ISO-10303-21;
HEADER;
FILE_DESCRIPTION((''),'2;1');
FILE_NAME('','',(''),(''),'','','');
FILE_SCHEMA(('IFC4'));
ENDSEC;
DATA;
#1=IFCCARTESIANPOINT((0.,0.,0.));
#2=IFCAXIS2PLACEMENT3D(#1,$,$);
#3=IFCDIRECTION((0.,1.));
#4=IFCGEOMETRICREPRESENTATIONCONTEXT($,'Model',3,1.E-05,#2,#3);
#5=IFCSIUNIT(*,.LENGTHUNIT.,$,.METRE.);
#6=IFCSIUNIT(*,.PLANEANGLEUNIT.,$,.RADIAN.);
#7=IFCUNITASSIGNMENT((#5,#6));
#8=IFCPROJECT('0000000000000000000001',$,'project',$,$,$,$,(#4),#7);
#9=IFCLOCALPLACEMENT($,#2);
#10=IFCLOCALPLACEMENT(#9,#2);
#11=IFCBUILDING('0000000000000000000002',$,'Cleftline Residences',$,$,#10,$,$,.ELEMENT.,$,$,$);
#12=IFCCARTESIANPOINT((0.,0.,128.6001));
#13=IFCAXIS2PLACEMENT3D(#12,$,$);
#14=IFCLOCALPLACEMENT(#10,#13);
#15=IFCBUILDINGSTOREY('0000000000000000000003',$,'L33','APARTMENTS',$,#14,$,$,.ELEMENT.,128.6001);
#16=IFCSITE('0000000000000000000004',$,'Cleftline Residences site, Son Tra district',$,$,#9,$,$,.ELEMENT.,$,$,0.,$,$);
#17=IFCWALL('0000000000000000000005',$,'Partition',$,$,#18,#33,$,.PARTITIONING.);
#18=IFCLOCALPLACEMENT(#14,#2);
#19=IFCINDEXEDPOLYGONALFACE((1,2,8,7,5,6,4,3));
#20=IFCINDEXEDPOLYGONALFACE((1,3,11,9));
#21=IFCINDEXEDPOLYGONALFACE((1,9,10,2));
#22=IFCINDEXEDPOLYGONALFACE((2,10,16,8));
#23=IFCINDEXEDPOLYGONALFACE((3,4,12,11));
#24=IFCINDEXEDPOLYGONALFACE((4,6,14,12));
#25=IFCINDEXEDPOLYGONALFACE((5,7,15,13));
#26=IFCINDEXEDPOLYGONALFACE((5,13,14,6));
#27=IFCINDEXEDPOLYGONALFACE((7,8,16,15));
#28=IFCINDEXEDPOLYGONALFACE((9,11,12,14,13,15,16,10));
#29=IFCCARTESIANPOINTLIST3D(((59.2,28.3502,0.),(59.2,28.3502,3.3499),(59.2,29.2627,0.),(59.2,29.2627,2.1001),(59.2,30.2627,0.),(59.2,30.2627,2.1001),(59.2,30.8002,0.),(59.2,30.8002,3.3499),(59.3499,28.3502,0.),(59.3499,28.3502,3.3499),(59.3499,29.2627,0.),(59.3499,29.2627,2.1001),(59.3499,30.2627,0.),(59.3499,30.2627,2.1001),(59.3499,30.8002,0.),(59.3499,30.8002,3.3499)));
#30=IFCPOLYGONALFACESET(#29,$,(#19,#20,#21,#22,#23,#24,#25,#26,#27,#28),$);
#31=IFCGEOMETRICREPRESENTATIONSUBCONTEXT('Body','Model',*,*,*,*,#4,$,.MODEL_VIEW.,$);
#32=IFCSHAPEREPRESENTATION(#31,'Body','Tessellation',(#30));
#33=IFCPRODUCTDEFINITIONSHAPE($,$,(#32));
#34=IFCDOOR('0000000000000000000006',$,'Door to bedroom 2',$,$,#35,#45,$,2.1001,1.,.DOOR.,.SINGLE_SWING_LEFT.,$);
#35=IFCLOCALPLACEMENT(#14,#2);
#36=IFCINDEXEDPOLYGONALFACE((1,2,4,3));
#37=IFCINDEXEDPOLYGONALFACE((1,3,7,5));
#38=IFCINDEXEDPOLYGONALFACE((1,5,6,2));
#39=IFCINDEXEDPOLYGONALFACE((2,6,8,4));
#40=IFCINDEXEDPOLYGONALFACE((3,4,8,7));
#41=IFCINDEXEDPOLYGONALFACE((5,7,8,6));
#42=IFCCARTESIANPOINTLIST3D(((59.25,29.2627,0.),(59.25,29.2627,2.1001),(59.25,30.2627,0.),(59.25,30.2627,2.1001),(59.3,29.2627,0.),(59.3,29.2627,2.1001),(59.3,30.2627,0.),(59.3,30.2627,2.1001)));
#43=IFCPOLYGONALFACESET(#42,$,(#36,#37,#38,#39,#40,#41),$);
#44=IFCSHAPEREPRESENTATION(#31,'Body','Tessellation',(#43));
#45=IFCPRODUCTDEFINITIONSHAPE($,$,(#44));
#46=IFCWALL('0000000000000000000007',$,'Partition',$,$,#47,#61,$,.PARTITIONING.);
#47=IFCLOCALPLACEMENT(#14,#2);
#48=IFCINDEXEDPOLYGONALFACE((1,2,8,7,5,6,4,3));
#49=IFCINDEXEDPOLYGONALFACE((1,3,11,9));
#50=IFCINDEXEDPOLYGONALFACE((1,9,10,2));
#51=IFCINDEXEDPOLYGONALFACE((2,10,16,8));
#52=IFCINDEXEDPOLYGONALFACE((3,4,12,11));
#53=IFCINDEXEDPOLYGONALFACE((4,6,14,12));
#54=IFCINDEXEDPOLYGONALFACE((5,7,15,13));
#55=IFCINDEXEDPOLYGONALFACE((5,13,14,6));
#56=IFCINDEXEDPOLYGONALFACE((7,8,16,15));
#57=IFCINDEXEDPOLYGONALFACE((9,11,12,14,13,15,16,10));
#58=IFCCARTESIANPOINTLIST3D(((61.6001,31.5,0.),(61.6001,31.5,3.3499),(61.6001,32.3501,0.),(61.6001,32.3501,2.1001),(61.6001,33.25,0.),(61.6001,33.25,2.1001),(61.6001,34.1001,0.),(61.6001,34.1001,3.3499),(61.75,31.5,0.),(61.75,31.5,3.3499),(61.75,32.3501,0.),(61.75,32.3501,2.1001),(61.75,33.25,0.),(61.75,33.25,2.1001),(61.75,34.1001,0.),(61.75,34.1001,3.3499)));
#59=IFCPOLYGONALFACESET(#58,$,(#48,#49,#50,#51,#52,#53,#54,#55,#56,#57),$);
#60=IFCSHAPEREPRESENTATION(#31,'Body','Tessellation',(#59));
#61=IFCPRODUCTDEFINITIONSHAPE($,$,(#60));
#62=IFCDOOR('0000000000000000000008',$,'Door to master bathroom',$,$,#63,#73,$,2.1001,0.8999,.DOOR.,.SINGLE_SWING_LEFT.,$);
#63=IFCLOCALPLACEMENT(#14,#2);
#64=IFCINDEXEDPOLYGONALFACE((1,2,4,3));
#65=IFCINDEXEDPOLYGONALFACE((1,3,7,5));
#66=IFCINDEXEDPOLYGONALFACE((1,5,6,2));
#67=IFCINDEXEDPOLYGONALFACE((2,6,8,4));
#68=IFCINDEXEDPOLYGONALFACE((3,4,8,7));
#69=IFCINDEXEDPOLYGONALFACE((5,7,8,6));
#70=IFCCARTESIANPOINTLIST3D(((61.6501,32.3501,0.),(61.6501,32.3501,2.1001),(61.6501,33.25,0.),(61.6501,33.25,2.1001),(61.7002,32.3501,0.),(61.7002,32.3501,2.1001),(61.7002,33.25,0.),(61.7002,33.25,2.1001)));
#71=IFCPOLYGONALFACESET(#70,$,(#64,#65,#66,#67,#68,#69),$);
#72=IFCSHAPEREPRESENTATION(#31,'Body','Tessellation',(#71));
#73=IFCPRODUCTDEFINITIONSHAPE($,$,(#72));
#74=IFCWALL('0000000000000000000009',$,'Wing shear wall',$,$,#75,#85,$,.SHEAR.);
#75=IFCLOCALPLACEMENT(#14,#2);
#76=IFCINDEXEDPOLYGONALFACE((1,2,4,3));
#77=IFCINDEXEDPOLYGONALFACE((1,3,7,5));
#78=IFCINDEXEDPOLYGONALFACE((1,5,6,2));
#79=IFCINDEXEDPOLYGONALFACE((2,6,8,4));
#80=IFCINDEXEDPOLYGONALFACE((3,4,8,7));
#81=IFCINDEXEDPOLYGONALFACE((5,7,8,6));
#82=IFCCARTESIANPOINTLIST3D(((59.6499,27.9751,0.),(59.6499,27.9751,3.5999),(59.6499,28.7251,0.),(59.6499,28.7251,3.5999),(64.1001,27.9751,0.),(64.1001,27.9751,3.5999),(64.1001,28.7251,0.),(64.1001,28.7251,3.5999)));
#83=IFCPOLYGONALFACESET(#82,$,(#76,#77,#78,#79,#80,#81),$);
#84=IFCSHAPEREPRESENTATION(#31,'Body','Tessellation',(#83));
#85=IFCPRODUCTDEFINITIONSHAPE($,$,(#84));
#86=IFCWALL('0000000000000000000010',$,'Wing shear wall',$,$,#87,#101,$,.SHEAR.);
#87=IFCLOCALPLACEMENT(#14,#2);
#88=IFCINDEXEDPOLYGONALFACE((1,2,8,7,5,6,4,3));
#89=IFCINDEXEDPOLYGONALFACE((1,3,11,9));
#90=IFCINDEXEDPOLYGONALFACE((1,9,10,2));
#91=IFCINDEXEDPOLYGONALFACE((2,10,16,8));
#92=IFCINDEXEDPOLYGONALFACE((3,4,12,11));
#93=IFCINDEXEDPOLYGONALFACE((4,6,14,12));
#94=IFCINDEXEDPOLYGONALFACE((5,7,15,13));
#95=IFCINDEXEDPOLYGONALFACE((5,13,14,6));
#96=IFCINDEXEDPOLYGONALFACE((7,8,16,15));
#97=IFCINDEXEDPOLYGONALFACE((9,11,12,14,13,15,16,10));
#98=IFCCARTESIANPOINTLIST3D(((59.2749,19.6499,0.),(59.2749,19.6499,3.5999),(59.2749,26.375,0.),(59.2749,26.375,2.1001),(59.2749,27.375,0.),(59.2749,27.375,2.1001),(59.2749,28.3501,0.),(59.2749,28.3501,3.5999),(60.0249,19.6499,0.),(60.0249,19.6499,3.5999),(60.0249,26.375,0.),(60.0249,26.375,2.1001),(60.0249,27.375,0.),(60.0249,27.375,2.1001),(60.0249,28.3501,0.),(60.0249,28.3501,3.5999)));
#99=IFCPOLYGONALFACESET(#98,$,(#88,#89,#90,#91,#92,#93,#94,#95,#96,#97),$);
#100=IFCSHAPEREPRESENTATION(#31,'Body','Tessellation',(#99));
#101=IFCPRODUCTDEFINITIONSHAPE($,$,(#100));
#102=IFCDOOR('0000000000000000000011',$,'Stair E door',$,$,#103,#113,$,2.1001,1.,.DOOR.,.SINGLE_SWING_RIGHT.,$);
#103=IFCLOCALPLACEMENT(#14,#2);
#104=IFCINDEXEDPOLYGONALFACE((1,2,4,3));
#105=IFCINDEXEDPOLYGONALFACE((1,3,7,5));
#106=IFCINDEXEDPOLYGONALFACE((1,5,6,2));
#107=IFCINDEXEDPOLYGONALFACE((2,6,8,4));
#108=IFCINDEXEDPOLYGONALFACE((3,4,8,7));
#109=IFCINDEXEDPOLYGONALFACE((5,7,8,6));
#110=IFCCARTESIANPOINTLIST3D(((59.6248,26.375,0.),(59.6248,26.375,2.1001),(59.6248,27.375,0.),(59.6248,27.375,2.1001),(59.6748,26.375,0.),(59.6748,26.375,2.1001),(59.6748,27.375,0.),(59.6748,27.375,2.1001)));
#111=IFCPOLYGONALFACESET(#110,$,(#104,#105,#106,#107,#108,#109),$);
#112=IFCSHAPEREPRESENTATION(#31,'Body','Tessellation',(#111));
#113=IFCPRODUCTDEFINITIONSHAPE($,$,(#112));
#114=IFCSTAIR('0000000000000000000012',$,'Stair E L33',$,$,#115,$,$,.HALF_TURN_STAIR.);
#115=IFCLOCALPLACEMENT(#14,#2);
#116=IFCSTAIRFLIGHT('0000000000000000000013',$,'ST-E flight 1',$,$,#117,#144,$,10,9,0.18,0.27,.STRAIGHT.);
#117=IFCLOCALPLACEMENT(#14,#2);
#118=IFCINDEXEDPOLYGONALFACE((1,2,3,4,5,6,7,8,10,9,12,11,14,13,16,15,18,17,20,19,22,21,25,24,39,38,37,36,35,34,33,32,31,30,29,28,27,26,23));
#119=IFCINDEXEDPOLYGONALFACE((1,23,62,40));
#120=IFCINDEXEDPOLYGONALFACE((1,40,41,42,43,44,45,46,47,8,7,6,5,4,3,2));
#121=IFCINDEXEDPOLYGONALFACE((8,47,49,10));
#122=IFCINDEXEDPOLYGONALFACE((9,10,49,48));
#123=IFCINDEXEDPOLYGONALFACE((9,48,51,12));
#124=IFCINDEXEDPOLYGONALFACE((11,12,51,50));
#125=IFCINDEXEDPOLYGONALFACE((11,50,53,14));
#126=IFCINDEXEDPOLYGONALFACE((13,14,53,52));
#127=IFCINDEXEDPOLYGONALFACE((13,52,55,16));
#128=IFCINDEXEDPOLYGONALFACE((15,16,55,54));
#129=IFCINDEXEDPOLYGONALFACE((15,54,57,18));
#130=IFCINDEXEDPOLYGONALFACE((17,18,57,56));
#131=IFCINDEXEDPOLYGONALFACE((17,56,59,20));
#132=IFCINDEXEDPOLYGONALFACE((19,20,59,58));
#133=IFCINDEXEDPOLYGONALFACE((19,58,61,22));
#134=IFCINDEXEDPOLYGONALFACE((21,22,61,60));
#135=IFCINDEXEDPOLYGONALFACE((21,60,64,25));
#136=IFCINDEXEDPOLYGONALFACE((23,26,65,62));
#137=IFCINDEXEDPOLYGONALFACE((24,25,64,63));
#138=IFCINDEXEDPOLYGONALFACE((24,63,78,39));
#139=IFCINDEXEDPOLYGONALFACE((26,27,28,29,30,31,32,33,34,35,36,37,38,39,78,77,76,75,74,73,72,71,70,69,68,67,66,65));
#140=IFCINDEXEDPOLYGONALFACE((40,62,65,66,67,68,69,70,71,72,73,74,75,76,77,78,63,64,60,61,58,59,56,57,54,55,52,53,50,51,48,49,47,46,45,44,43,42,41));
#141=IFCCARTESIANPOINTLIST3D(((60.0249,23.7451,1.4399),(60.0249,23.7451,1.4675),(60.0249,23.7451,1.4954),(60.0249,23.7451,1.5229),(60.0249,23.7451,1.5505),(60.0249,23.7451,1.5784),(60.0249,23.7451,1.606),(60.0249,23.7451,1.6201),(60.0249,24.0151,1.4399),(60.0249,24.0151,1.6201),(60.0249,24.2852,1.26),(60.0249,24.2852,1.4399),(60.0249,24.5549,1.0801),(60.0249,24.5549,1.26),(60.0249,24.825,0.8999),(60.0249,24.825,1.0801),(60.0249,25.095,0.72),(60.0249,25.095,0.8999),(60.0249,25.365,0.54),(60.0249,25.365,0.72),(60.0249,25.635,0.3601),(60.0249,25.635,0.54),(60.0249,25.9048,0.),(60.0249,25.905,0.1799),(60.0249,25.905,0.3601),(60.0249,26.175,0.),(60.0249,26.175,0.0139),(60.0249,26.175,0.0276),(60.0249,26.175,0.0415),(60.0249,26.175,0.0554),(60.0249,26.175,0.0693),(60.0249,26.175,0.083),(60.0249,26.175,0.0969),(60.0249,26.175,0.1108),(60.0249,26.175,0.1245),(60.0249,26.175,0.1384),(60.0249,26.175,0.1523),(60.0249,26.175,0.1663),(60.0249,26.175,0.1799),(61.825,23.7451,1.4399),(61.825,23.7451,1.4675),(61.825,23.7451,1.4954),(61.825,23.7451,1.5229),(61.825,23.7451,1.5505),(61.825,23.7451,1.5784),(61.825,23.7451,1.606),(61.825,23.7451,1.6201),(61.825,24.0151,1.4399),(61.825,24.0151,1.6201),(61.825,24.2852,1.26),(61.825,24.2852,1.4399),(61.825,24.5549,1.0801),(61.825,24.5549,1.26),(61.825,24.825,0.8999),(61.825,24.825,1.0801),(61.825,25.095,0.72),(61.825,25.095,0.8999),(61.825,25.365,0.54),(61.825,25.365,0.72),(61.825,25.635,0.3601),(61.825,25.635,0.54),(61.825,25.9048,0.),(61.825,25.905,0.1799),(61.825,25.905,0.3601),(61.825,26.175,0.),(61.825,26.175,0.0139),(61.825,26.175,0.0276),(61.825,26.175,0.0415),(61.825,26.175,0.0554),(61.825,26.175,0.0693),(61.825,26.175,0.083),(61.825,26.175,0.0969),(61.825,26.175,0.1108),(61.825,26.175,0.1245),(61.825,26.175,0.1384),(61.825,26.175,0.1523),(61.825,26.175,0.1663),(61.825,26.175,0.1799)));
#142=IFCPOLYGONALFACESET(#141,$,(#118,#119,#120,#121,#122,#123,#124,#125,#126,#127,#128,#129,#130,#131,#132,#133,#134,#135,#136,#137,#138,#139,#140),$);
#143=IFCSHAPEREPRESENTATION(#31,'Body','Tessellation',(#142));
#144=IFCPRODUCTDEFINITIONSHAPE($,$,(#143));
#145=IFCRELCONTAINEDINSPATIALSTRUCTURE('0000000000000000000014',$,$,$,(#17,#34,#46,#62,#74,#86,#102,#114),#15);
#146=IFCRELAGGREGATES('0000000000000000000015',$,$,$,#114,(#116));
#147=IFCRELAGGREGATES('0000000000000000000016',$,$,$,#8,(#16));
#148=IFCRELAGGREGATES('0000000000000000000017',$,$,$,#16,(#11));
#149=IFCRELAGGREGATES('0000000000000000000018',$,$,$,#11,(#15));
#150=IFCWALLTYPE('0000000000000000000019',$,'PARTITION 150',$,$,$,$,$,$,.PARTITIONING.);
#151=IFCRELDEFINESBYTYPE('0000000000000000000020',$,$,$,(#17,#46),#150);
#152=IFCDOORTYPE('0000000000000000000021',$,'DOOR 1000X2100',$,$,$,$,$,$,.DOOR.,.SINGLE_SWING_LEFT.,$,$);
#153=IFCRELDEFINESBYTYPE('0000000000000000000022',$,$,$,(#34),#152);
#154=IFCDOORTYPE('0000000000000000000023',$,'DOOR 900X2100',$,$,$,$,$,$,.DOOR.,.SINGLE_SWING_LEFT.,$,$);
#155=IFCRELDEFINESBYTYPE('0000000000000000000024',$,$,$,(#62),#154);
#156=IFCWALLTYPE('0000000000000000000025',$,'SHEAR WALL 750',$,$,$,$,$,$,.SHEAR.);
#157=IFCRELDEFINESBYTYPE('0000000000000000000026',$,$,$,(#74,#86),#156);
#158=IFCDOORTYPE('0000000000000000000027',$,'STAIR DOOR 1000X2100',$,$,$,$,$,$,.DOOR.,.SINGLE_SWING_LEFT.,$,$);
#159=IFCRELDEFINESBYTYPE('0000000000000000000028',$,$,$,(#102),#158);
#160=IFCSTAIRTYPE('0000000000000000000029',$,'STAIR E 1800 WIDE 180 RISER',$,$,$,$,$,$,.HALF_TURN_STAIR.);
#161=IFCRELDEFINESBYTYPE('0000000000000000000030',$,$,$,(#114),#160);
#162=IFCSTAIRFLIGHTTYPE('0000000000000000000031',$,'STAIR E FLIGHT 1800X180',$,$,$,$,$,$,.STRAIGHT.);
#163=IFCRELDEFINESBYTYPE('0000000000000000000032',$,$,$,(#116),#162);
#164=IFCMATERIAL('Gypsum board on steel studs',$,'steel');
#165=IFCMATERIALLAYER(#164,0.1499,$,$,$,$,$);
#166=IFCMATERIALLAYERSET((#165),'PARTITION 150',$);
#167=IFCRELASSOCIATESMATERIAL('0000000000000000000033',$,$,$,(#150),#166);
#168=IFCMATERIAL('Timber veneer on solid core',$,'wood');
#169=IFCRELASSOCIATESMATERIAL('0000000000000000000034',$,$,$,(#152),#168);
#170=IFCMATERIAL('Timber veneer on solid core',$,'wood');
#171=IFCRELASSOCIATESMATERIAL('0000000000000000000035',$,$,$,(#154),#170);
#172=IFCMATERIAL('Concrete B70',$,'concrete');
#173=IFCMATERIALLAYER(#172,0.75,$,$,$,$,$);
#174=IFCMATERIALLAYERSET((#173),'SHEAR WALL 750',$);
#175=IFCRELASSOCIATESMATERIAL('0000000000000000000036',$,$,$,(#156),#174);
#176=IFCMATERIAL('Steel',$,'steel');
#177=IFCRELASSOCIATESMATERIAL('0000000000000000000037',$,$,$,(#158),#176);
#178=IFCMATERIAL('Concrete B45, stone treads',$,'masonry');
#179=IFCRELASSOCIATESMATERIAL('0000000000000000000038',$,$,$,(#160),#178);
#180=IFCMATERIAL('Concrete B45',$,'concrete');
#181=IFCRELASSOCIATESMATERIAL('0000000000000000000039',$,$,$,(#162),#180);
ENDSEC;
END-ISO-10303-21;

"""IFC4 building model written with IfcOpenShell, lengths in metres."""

from ifc_helpers import new_model, si_unit, direction, frame, frame_2d, origin, place, context, subcontext, project, spatial, polyline, rectangle, outline, extrude, material, layer, layer_set, type_object, element, fill, aggregate, save


model = new_model("IFC4")

# Units and contexts
model_context = context("Model", 3, precision=1e-05, world=origin(), true_north=direction((0.0, 1.0)))
body_context = subcontext(model_context, "Body", "Model", "MODEL_VIEW")
ifc_project = project(units=[si_unit("LENGTHUNIT", "METRE"), si_unit("PLANEANGLEUNIT", "RADIAN")], contexts=[model_context])

# Site, building, storey
site_placement = place(None, origin())
site = spatial("IfcSite", under=ifc_project, at=site_placement, Name="Cleftline Residences site, Son Tra district", CompositionType="ELEMENT", RefElevation=0.0)
building_placement = place(site_placement, origin())
building = spatial("IfcBuilding", under=site, at=building_placement, Name="Cleftline Residences", CompositionType="ELEMENT")
storey_placement = place(building_placement, frame((0.0, 0.0, 128.6001)))
storey = spatial("IfcBuildingStorey", under=building, at=storey_placement, Name="L33", Description="APARTMENTS", CompositionType="ELEMENT", Elevation=128.6001)

# Shared definitions
ifc_material_1 = material(Name="Gypsum board on steel studs", Category="steel")
ifc_layer_1 = layer(ifc_material_1, 0.1499)
ifc_layer_set_1 = layer_set([ifc_layer_1], Name="PARTITION 150")
wall_type_1 = type_object("IfcWallType", Name="PARTITION 150", PredefinedType="PARTITIONING", material=ifc_layer_set_1)

# Walls, openings, doors
wall_1_placement = place(storey_placement, frame((59.2749, 28.3501, 0.0), z_axis=(0.0, 0.0, 1.0), x_axis=(0.0, 1.0, 0.0)))
wall_1 = element("IfcWall", 1, at=wall_1_placement, inside=storey, type_object=wall_type_1, Name="Partition", PredefinedType="PARTITIONING", context=body_context, shape_type="SweptSolid", body=[
    extrude(rectangle(XDim=2.45, YDim=0.1499, at=frame_2d((1.2251, 0.0))), origin(), (0.0, 0.0, 1.0), 3.3499),
])
opening_1_placement = place(wall_1_placement, frame((0.9126, 0.0, 0.0)))
opening_1 = element("IfcOpeningElement", 2, at=opening_1_placement, cuts=wall_1, PredefinedType="OPENING", context=body_context, shape_type="SweptSolid", body=[
    extrude(rectangle(XDim=1.0, YDim=2.1001, at=frame_2d((0.5, 1.05))), frame((0.0, 0.085, 0.0), z_axis=(0.0, -1.0, 0.0), x_axis=(1.0, 0.0, 0.0)), (0.0, 0.0, 1.0), 0.1699),
])
ifc_material_2 = material(Name="Timber veneer on solid core", Category="wood")
door_type_1 = type_object("IfcDoorType", Name="DOOR 1000X2100", OperationType="SINGLE_SWING_LEFT", PredefinedType="DOOR", material=ifc_material_2)
door_1_placement = place(opening_1_placement, origin())
door_1 = element("IfcDoor", 3, at=door_1_placement, inside=storey, type_object=door_type_1, Name="Door to bedroom 2", OperationType="SINGLE_SWING_LEFT", OverallHeight=2.1001, OverallWidth=1.0, PredefinedType="DOOR", context=body_context, shape_type="SweptSolid", body=[
    extrude(rectangle(XDim=1.0, YDim=2.1001, at=frame_2d((0.5, 1.05))), frame((0.0, 0.0249, 0.0), z_axis=(0.0, -1.0, 0.0), x_axis=(1.0, 0.0, 0.0)), (0.0, 0.0, 1.0), 0.05),
])
fill(opening_1, door_1)
wall_2_placement = place(storey_placement, frame((61.675, 31.5, 0.0), z_axis=(0.0, 0.0, 1.0), x_axis=(0.0, 1.0, 0.0)))
wall_2 = element("IfcWall", 4, at=wall_2_placement, inside=storey, type_object=wall_type_1, Name="Partition", PredefinedType="PARTITIONING", context=body_context, shape_type="SweptSolid", body=[
    extrude(rectangle(XDim=2.6001, YDim=0.1499, at=frame_2d((1.3, 0.0))), origin(), (0.0, 0.0, 1.0), 3.3499),
])
opening_2_placement = place(wall_2_placement, frame((0.8501, 0.0, 0.0)))
opening_2 = element("IfcOpeningElement", 5, at=opening_2_placement, cuts=wall_2, PredefinedType="OPENING", context=body_context, shape_type="SweptSolid", body=[
    extrude(rectangle(XDim=0.8999, YDim=2.1001, at=frame_2d((0.45, 1.05))), frame((0.0, 0.085, 0.0), z_axis=(0.0, -1.0, 0.0), x_axis=(1.0, 0.0, 0.0)), (0.0, 0.0, 1.0), 0.1699),
])
ifc_material_3 = material(Name="Timber veneer on solid core", Category="wood")
door_type_2 = type_object("IfcDoorType", Name="DOOR 900X2100", OperationType="SINGLE_SWING_LEFT", PredefinedType="DOOR", material=ifc_material_3)
door_2_placement = place(opening_2_placement, origin())
door_2 = element("IfcDoor", 6, at=door_2_placement, inside=storey, type_object=door_type_2, Name="Door to master bathroom", OperationType="SINGLE_SWING_LEFT", OverallHeight=2.1001, OverallWidth=0.8999, PredefinedType="DOOR", context=body_context, shape_type="SweptSolid", body=[
    extrude(rectangle(XDim=0.8999, YDim=2.1001, at=frame_2d((0.45, 1.05))), frame((0.0, 0.0249, 0.0), z_axis=(0.0, -1.0, 0.0), x_axis=(1.0, 0.0, 0.0)), (0.0, 0.0, 1.0), 0.05),
])
fill(opening_2, door_2)

# Wall
ifc_material_4 = material(Name="Concrete B70", Category="concrete")
ifc_layer_2 = layer(ifc_material_4, 0.75)
ifc_layer_set_2 = layer_set([ifc_layer_2], Name="SHEAR WALL 750")
wall_type_2 = type_object("IfcWallType", Name="SHEAR WALL 750", PredefinedType="SHEAR", material=ifc_layer_set_2)
wall_3_placement = place(storey_placement, frame((64.1001, 28.3501, 0.0), z_axis=(0.0, 0.0, 1.0), x_axis=(-1.0, 0.0, 0.0)))
element("IfcWall", 7, at=wall_3_placement, inside=storey, type_object=wall_type_2, Name="Wing shear wall", PredefinedType="SHEAR", context=body_context, shape_type="SweptSolid", body=[
    extrude(rectangle(XDim=4.4502, YDim=0.75, at=frame_2d((2.2251, 0.0))), origin(), (0.0, 0.0, 1.0), 3.5999),
])

# Wall, opening, door
wall_4_placement = place(storey_placement, frame((59.6499, 28.3501, 0.0), z_axis=(0.0, 0.0, 1.0), x_axis=(0.0, -1.0, 0.0)))
wall_4 = element("IfcWall", 8, at=wall_4_placement, inside=storey, type_object=wall_type_2, Name="Wing shear wall", PredefinedType="SHEAR", context=body_context, shape_type="SweptSolid", body=[
    extrude(rectangle(XDim=8.7002, YDim=0.75, at=frame_2d((4.3501, 0.0))), origin(), (0.0, 0.0, 1.0), 3.5999),
])
opening_3_placement = place(wall_4_placement, frame((0.9751, 0.0, 0.0)))
opening_3 = element("IfcOpeningElement", 9, at=opening_3_placement, cuts=wall_4, PredefinedType="OPENING", context=body_context, shape_type="SweptSolid", body=[
    extrude(rectangle(XDim=1.0, YDim=2.1001, at=frame_2d((0.5, 1.05))), frame((0.0, 0.385, 0.0), z_axis=(0.0, -1.0, 0.0), x_axis=(1.0, 0.0, 0.0)), (0.0, 0.0, 1.0), 0.77),
])
ifc_material_5 = material(Name="Steel", Category="steel")
door_type_3 = type_object("IfcDoorType", Name="STAIR DOOR 1000X2100", OperationType="SINGLE_SWING_LEFT", PredefinedType="DOOR", material=ifc_material_5)
door_3_placement = place(opening_3_placement, origin())
door_3 = element("IfcDoor", 10, at=door_3_placement, inside=storey, type_object=door_type_3, Name="Stair E door", OperationType="SINGLE_SWING_RIGHT", OverallHeight=2.1001, OverallWidth=1.0, PredefinedType="DOOR", context=body_context, shape_type="SweptSolid", body=[
    extrude(rectangle(XDim=1.0, YDim=2.1001, at=frame_2d((0.5, 1.05))), frame((0.0, 0.0249, 0.0), z_axis=(0.0, -1.0, 0.0), x_axis=(1.0, 0.0, 0.0)), (0.0, 0.0, 1.0), 0.05),
])
fill(opening_3, door_3)

# Stair, stair flight
ifc_material_6 = material(Name="Concrete B45, stone treads", Category="masonry")
stair_type = type_object("IfcStairType", Name="STAIR E 1800 WIDE 180 RISER", PredefinedType="HALF_TURN_STAIR", material=ifc_material_6)
stair_placement = place(storey_placement, origin())
stair = element("IfcStair", 11, at=stair_placement, inside=storey, type_object=stair_type, Name="Stair E L33", PredefinedType="HALF_TURN_STAIR")
ifc_material_7 = material(Name="Concrete B45", Category="concrete")
stair_flight_type = type_object("IfcStairFlightType", Name="STAIR E FLIGHT 1800X180", PredefinedType="STRAIGHT", material=ifc_material_7)
stair_flight_1_placement = place(storey_placement, frame((60.925, 26.175, 0.0), z_axis=(0.0, 0.0, 1.0), x_axis=(0.0, -1.0, 0.0)))
stair_flight_1 = element("IfcStairFlight", 12, at=stair_flight_1_placement, type_object=stair_flight_type, Name="ST-E flight 1", NumberOfRisers=10, NumberOfTreads=9, PredefinedType="STRAIGHT", RiserHeight=0.18, TreadLength=0.27, context=body_context, shape_type="SweptSolid", body=[
    extrude(outline(polyline([(0.0, 0.0), (0.0, 0.0139), (0.0, 0.0276), (0.0, 0.0415), (0.0, 0.0554), (0.0, 0.0693), (0.0, 0.083), (0.0, 0.0969), (0.0, 0.1108), (0.0, 0.1245), (0.0, 0.1384), (0.0, 0.1523), (0.0, 0.1663), (0.0, 0.1799), (0.27, 0.1799), (0.27, 0.3601), (0.54, 0.3601), (0.54, 0.54), (0.8101, 0.54), (0.8101, 0.72), (1.0801, 0.72), (1.0801, 0.8999), (1.3501, 0.8999), (1.3501, 1.0801), (1.6201, 1.0801), (1.6201, 1.26), (1.8899, 1.26), (1.8899, 1.4399), (2.1599, 1.4399), (2.1599, 1.6201), (2.4299, 1.6201), (2.4299, 1.8), (2.4299, 1.7722), (2.4299, 1.7446), (2.4299, 1.7168), (2.4299, 1.6892), (2.4299, 1.6614), (2.4299, 1.6338), (2.4299, 1.606), (2.4299, 1.5784), (2.4299, 1.5505), (2.4299, 1.5229), (2.4299, 1.4954), (2.4299, 1.4675), (2.4299, 1.4399), (0.2703, 0.0), (0.0, 0.0)])), frame((0.0, 0.8999, 0.0), z_axis=(0.0, -1.0, 0.0), x_axis=(1.0, 0.0, 0.0)), (0.0, 0.0, 1.0), 1.8),
])
aggregate(stair, [stair_flight_1])

save(model, "model.ifc")
